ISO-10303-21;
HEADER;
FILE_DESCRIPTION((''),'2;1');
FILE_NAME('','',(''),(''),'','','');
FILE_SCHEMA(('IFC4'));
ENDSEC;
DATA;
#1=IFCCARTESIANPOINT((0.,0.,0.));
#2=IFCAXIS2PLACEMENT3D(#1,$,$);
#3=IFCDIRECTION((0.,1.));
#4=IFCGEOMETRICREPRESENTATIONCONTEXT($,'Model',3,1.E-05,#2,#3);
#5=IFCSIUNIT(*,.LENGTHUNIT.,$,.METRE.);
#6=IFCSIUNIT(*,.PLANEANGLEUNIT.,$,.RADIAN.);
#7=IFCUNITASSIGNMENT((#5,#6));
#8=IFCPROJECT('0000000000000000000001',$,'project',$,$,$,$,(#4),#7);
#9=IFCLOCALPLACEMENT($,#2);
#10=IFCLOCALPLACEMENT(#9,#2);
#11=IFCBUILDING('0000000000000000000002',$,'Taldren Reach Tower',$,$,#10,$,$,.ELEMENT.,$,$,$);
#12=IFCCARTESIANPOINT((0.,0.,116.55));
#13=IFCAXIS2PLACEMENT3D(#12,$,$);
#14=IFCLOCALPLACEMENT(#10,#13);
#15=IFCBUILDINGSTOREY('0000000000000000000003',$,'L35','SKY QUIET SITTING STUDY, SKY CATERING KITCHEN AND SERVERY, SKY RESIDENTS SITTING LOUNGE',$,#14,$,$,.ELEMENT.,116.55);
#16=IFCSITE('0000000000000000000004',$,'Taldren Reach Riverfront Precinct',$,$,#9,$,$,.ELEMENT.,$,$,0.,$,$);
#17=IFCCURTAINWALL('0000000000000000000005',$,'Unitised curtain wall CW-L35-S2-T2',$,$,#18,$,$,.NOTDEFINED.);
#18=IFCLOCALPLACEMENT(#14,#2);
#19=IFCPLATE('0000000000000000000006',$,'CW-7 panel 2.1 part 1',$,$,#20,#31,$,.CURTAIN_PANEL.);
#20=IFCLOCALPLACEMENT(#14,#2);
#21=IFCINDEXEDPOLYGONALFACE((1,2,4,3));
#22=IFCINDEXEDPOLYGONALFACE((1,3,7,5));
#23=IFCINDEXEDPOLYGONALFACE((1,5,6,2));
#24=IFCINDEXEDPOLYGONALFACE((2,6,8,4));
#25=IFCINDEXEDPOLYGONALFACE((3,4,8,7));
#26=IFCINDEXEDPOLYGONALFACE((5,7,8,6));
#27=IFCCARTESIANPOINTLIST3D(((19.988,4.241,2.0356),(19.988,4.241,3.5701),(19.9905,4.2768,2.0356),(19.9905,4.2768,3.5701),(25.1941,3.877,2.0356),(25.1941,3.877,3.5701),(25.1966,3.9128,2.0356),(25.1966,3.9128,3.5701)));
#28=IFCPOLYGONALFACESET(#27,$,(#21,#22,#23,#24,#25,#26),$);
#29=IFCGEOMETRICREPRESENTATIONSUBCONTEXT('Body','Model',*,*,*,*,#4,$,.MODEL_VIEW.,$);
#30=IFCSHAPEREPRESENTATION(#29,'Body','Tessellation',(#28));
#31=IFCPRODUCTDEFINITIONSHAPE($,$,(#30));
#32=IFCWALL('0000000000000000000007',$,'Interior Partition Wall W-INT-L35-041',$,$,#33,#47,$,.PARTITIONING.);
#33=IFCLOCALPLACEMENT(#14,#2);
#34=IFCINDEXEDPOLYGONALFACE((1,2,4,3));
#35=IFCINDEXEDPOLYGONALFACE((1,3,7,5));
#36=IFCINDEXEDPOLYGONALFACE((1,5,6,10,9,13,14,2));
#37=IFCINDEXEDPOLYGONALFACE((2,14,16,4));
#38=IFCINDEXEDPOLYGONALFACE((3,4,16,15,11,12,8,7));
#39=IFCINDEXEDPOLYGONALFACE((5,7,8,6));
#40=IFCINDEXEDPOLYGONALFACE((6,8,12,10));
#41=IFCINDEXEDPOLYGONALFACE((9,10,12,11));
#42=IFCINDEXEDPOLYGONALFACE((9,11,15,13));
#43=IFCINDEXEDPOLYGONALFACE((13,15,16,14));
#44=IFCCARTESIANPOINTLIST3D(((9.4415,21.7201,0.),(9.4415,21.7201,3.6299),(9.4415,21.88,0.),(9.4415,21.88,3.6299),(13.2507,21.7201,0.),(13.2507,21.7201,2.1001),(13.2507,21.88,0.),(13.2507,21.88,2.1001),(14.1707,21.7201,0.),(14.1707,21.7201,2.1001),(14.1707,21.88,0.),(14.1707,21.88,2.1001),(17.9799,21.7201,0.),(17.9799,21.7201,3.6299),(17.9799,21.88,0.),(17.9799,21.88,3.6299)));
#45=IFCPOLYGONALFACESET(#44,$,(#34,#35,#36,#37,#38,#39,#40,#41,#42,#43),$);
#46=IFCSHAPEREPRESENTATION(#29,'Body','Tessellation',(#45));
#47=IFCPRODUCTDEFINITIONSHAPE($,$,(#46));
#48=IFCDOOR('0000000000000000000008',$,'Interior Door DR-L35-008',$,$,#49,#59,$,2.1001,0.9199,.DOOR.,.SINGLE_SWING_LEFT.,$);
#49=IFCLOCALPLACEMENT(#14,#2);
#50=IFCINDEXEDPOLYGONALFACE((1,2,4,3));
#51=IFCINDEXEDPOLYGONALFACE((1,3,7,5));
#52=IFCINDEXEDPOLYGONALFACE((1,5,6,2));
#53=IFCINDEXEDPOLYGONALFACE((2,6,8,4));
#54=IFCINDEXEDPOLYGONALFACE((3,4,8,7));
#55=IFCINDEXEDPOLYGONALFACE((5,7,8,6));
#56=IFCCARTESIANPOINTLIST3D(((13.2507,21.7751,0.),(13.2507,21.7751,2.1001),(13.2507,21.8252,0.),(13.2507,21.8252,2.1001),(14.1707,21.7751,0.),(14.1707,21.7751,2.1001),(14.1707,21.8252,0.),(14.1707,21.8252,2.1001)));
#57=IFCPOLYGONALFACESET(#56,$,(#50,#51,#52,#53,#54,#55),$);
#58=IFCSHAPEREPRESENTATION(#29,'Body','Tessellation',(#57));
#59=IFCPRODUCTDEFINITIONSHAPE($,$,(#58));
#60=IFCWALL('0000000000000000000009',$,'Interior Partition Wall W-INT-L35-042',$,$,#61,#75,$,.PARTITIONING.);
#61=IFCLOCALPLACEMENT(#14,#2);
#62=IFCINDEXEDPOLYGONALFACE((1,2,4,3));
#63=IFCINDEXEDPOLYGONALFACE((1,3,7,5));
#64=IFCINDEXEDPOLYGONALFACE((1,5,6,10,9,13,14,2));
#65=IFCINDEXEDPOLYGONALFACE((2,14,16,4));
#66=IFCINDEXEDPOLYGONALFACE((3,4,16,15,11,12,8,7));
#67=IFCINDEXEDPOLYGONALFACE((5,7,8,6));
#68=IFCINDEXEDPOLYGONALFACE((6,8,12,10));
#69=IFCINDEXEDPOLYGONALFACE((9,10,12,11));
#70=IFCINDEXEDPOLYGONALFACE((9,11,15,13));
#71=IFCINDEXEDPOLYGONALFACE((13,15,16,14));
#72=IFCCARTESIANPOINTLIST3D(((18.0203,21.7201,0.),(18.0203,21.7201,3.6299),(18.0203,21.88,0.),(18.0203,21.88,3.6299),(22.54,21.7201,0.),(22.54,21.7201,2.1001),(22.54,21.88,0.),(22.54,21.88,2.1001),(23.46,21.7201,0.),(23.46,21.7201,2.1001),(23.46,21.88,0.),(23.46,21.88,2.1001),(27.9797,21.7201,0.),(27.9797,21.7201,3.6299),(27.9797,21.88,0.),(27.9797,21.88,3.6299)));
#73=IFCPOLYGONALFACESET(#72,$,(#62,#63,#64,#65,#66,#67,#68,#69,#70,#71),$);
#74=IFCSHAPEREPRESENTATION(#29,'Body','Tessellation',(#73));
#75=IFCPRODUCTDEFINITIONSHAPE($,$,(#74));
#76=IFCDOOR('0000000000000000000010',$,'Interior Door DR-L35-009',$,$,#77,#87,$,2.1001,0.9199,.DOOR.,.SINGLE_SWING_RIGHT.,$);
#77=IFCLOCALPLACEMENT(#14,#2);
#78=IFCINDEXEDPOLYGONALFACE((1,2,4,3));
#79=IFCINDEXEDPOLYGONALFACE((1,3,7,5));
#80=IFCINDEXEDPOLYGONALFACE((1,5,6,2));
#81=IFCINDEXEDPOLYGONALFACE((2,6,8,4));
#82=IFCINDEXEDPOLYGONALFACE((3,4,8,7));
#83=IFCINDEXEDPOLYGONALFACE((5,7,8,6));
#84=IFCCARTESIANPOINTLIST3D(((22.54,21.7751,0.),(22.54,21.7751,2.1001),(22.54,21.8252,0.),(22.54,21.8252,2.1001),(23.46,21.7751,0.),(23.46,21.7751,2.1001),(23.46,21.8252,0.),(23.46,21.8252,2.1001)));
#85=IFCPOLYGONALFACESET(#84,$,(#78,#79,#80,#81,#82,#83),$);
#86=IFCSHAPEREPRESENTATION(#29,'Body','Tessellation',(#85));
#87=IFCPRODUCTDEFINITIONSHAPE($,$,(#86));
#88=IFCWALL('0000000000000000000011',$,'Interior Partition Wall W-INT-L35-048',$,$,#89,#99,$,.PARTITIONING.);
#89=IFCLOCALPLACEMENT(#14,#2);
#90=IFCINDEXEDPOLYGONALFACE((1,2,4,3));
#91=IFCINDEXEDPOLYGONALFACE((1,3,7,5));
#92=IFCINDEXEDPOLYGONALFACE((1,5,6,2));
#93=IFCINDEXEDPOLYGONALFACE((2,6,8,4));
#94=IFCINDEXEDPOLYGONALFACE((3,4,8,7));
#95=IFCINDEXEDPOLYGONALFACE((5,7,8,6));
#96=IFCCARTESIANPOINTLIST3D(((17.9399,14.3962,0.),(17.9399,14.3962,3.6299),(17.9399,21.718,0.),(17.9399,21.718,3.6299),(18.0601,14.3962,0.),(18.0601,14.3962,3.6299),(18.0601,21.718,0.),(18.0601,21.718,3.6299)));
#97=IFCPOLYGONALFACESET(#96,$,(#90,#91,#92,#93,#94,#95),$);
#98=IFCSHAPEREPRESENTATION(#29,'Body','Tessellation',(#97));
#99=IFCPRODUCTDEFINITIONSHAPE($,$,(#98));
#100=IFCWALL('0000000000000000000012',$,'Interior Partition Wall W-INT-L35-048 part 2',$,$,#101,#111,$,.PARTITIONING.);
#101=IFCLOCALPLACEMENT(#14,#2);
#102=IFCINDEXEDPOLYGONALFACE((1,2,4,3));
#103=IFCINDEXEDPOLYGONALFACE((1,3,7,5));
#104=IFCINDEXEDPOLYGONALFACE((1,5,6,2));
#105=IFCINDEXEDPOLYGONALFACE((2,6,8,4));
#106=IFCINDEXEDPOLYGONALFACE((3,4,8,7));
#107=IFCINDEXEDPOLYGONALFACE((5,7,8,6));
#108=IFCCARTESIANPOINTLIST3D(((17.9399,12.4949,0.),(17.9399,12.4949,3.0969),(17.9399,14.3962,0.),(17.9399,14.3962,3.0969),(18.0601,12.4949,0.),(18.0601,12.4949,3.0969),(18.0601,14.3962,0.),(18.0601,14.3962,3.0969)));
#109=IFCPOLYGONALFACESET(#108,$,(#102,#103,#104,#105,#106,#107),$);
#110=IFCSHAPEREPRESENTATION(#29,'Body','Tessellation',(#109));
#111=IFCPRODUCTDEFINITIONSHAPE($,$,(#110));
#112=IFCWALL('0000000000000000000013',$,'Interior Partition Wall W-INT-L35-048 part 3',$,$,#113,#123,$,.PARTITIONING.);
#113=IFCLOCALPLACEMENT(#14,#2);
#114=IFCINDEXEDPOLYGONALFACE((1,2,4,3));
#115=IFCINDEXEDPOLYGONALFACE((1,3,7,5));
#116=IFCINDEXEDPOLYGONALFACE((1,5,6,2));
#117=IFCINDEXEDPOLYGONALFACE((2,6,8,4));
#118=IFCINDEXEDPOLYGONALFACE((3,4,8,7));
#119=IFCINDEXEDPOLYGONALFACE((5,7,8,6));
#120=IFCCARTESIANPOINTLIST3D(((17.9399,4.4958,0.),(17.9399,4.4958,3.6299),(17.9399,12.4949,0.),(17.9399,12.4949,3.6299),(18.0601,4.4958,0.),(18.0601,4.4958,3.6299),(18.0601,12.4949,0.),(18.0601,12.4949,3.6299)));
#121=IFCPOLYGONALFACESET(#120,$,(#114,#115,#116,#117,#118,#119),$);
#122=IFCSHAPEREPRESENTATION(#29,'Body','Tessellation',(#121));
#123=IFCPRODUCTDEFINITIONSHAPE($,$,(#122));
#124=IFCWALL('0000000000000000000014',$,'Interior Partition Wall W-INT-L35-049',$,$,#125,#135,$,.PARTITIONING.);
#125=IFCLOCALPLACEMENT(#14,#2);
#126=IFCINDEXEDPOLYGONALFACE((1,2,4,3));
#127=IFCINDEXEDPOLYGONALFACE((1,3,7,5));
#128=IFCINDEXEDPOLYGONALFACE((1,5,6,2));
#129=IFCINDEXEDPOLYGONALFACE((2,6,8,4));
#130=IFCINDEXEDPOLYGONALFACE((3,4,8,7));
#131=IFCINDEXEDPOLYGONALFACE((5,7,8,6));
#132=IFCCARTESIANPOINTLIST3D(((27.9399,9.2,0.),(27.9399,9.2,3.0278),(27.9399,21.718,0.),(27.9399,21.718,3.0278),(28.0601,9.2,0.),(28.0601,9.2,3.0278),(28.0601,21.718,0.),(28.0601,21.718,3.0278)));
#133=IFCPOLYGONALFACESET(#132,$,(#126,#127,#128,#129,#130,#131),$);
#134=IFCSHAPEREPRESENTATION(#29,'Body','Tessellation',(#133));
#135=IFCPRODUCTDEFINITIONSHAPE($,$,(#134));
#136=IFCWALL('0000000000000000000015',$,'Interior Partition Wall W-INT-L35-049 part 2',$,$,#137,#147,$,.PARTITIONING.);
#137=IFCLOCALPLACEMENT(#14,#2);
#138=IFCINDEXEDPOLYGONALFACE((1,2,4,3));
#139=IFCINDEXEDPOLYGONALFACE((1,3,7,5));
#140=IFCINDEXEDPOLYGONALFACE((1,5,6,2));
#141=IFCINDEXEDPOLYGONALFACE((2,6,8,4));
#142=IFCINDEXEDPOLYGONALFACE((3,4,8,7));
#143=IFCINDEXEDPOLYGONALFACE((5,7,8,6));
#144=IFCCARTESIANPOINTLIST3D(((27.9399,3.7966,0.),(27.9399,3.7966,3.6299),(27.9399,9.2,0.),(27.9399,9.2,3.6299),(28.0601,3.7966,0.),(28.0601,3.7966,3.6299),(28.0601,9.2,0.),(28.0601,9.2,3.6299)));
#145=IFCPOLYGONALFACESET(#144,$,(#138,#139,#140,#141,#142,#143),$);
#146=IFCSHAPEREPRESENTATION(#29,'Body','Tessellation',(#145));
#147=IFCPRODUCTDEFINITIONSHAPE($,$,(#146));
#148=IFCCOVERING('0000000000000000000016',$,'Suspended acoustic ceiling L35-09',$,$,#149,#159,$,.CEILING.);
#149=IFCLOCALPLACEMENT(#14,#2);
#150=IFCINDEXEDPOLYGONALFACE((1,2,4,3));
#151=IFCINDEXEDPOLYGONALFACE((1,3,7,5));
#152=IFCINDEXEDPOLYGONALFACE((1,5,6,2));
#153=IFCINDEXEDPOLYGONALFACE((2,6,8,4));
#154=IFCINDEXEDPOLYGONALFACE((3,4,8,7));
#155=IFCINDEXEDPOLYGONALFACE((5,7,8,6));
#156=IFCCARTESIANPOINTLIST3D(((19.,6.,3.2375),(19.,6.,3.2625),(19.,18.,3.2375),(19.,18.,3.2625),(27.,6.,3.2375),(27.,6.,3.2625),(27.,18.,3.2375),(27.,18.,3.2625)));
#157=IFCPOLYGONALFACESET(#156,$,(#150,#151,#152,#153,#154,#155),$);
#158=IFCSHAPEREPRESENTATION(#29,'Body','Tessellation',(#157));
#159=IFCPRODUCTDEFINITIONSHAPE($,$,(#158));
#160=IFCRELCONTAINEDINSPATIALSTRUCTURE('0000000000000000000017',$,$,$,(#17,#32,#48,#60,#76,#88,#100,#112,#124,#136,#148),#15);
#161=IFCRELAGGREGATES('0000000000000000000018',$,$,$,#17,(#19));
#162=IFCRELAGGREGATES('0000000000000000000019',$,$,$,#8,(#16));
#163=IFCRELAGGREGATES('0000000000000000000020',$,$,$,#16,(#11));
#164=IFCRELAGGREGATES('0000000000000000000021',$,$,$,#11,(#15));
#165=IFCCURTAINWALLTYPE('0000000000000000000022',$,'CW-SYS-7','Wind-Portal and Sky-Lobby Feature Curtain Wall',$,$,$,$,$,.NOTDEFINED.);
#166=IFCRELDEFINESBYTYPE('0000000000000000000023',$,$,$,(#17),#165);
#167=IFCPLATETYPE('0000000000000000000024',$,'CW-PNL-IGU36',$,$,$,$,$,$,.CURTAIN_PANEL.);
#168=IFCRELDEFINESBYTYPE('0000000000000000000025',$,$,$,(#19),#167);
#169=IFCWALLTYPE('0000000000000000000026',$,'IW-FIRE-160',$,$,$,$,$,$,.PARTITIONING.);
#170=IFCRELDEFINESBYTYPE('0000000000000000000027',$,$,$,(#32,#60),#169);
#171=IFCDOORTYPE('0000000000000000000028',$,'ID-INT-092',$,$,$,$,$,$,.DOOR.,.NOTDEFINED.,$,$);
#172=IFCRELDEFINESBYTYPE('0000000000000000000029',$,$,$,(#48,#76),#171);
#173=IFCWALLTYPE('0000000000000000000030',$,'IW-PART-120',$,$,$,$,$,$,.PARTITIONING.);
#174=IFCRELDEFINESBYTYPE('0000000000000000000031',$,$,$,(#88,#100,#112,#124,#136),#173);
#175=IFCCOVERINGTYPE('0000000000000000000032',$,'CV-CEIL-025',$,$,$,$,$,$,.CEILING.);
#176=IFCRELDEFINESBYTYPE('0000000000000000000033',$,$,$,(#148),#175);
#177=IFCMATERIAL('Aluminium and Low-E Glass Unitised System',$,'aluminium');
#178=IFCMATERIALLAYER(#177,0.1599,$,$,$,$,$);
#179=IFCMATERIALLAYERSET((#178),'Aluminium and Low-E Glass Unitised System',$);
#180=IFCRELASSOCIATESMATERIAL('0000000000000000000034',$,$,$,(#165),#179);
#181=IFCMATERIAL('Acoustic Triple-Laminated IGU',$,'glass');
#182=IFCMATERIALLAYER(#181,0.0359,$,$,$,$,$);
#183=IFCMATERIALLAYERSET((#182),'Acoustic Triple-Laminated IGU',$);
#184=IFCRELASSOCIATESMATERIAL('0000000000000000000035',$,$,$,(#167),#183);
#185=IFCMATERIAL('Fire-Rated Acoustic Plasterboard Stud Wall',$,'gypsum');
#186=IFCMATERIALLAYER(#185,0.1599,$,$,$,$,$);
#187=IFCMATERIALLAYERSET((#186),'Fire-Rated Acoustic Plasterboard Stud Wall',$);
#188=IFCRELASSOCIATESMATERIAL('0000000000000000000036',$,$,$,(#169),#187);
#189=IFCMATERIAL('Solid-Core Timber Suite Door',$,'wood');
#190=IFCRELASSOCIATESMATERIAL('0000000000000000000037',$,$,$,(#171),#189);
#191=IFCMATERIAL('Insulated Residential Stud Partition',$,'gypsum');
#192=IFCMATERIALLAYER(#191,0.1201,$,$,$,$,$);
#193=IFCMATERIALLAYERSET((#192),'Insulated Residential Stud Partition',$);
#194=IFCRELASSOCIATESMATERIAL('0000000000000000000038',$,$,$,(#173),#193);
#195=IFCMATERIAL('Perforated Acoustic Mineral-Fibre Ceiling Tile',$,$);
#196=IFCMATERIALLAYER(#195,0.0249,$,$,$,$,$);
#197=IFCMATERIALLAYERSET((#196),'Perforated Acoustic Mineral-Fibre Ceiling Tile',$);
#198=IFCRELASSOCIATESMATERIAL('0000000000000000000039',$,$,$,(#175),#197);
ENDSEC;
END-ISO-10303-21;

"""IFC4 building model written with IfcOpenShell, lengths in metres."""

from ifc_helpers import new_model, si_unit, direction, frame, frame_2d, origin, origin_2d, place, context, subcontext, project, spatial, rectangle, extrude, source, transform, mapped, material, layer, layer_set, type_object, element, fill, aggregate, save


model = new_model("IFC4")

# Units and contexts
model_context = context("Model", 3, precision=1e-05, world=origin(), true_north=direction((0.0, 1.0)))
body_context = subcontext(model_context, "Body", "Model", "MODEL_VIEW")
ifc_project = project(units=[si_unit("LENGTHUNIT", "METRE"), si_unit("PLANEANGLEUNIT", "RADIAN")], contexts=[model_context])

# Site, building, storey
site_placement = place(None, origin())
site = spatial("IfcSite", under=ifc_project, at=site_placement, Name="Taldren Reach Riverfront Precinct", CompositionType="ELEMENT", RefElevation=0.0)
building_placement = place(site_placement, origin())
building = spatial("IfcBuilding", under=site, at=building_placement, Name="Taldren Reach Tower", CompositionType="ELEMENT")
storey_placement = place(building_placement, frame((0.0, 0.0, 116.55)))
storey = spatial("IfcBuildingStorey", under=building, at=storey_placement, Name="L35", Description="SKY QUIET SITTING STUDY, SKY CATERING KITCHEN AND SERVERY, SKY RESIDENTS SITTING LOUNGE", CompositionType="ELEMENT", Elevation=116.55)

# Curtain wall
ifc_material_1 = material(Name="Aluminium and Low-E Glass Unitised System", Category="aluminium")
ifc_layer_1 = layer(ifc_material_1, 0.1599)
ifc_layer_set_1 = layer_set([ifc_layer_1], Name="Aluminium and Low-E Glass Unitised System")
curtain_wall_type = type_object("IfcCurtainWallType", Name="CW-SYS-7", Description="Wind-Portal and Sky-Lobby Feature Curtain Wall", PredefinedType="NOTDEFINED", material=ifc_layer_set_1)
curtain_wall_1_placement = place(storey_placement, origin())
curtain_wall_1 = element("IfcCurtainWall", 1, at=curtain_wall_1_placement, inside=storey, type_object=curtain_wall_type, Name="Unitised curtain wall CW-L35-S2-T2", PredefinedType="NOTDEFINED")

# Plate
ifc_material_2 = material(Name="Acoustic Triple-Laminated IGU", Category="glass")
ifc_layer_2 = layer(ifc_material_2, 0.0359)
ifc_layer_set_2 = layer_set([ifc_layer_2], Name="Acoustic Triple-Laminated IGU")
plate_type = type_object("IfcPlateType", Name="CW-PNL-IGU36", PredefinedType="CURTAIN_PANEL", material=ifc_layer_set_2)
shared_shape_1 = source(origin(), body_context, "Body", "SweptSolid", [
    extrude(rectangle(XDim=5.2188, YDim=0.0359, at=origin_2d()), origin(), (0.0, 0.0, 1.0), 1.5344),
])
plate_placement = place(storey_placement, frame((22.5923, 4.0769, 2.0356), z_axis=(0.0, 0.0, 1.0), x_axis=(0.997564, -0.069757, 0.0)))
plate = element("IfcPlate", 2, at=plate_placement, type_object=plate_type, Name="CW-7 panel 2.1 part 1", PredefinedType="CURTAIN_PANEL", context=body_context, shape_type="MappedRepresentation", body=[
    mapped(shared_shape_1, transform((0.0, 0.0, 0.0), scale=1.0)),
])
aggregate(curtain_wall_1, [plate])

# Walls, openings, doors
ifc_material_3 = material(Name="Fire-Rated Acoustic Plasterboard Stud Wall", Category="gypsum")
ifc_layer_3 = layer(ifc_material_3, 0.1599)
ifc_layer_set_3 = layer_set([ifc_layer_3], Name="Fire-Rated Acoustic Plasterboard Stud Wall")
wall_type_1 = type_object("IfcWallType", Name="IW-FIRE-160", PredefinedType="PARTITIONING", material=ifc_layer_set_3)
shared_shape_2 = source(origin(), body_context, "Body", "SweptSolid", [
    extrude(rectangle(XDim=8.5383, YDim=0.1599, at=frame_2d((4.269, 0.0))), origin(), (0.0, 0.0, 1.0), 3.6299),
])
wall_1_placement = place(storey_placement, frame((17.9797, 21.8, 0.0), z_axis=(0.0, 0.0, 1.0), x_axis=(-1.0, 0.0, 0.0)))
wall_1 = element("IfcWall", 3, at=wall_1_placement, inside=storey, type_object=wall_type_1, Name="Interior Partition Wall W-INT-L35-041", PredefinedType="PARTITIONING", context=body_context, shape_type="MappedRepresentation", body=[
    mapped(shared_shape_2, transform((0.0, 0.0, 0.0), scale=1.0)),
])
shared_shape_3 = source(origin(), body_context, "Body", "SweptSolid", [
    extrude(rectangle(XDim=0.9199, YDim=2.1001, at=frame_2d((0.46, 1.05))), frame((0.0, 0.0898, 0.0), z_axis=(0.0, -1.0, 0.0), x_axis=(1.0, 0.0, 0.0)), (0.0, 0.0, 1.0), 0.1799),
])
opening_1_placement = place(wall_1_placement, frame((3.8091, 0.0, 0.0)))
opening_1 = element("IfcOpeningElement", 4, at=opening_1_placement, cuts=wall_1, PredefinedType="OPENING", context=body_context, shape_type="MappedRepresentation", body=[
    mapped(shared_shape_3, transform((0.0, 0.0, 0.0), scale=1.0)),
])
ifc_material_4 = material(Name="Solid-Core Timber Suite Door", Category="wood")
door_type = type_object("IfcDoorType", Name="ID-INT-092", OperationType="NOTDEFINED", PredefinedType="DOOR", material=ifc_material_4)
shared_shape_4 = source(origin(), body_context, "Body", "SweptSolid", [
    extrude(rectangle(XDim=0.9199, YDim=2.1001, at=frame_2d((0.46, 1.05))), frame((0.0, 0.0249, 0.0), z_axis=(0.0, -1.0, 0.0), x_axis=(1.0, 0.0, 0.0)), (0.0, 0.0, 1.0), 0.05),
])
door_1_placement = place(opening_1_placement, origin())
door_1 = element("IfcDoor", 5, at=door_1_placement, inside=storey, type_object=door_type, Name="Interior Door DR-L35-008", OperationType="SINGLE_SWING_LEFT", OverallHeight=2.1001, OverallWidth=0.9199, PredefinedType="DOOR", context=body_context, shape_type="MappedRepresentation", body=[
    mapped(shared_shape_4, transform((0.0, 0.0, 0.0), scale=1.0)),
])
fill(opening_1, door_1)
shared_shape_5 = source(origin(), body_context, "Body", "SweptSolid", [
    extrude(rectangle(XDim=9.9595, YDim=0.1599, at=frame_2d((4.9797, 0.0))), origin(), (0.0, 0.0, 1.0), 3.6299),
])
wall_2_placement = place(storey_placement, frame((27.9797, 21.8, 0.0), z_axis=(0.0, 0.0, 1.0), x_axis=(-1.0, 0.0, 0.0)))
wall_2 = element("IfcWall", 6, at=wall_2_placement, inside=storey, type_object=wall_type_1, Name="Interior Partition Wall W-INT-L35-042", PredefinedType="PARTITIONING", context=body_context, shape_type="MappedRepresentation", body=[
    mapped(shared_shape_5, transform((0.0, 0.0, 0.0), scale=1.0)),
])
opening_2_placement = place(wall_2_placement, frame((4.5198, 0.0, 0.0)))
opening_2 = element("IfcOpeningElement", 7, at=opening_2_placement, cuts=wall_2, PredefinedType="OPENING", context=body_context, shape_type="MappedRepresentation", body=[
    mapped(shared_shape_3, transform((0.0, 0.0, 0.0), scale=1.0)),
])
door_2_placement = place(opening_2_placement, origin())
door_2 = element("IfcDoor", 8, at=door_2_placement, inside=storey, type_object=door_type, Name="Interior Door DR-L35-009", OperationType="SINGLE_SWING_RIGHT", OverallHeight=2.1001, OverallWidth=0.9199, PredefinedType="DOOR", context=body_context, shape_type="MappedRepresentation", body=[
    mapped(shared_shape_4, transform((0.0, 0.0, 0.0), scale=1.0)),
])
fill(opening_2, door_2)

# Walls
ifc_material_5 = material(Name="Insulated Residential Stud Partition", Category="gypsum")
ifc_layer_4 = layer(ifc_material_5, 0.1201)
ifc_layer_set_4 = layer_set([ifc_layer_4], Name="Insulated Residential Stud Partition")
wall_type_2 = type_object("IfcWallType", Name="IW-PART-120", PredefinedType="PARTITIONING", material=ifc_layer_set_4)
shared_shape_6 = source(origin(), body_context, "Body", "SweptSolid", [
    extrude(rectangle(XDim=7.3218, YDim=0.1201, at=frame_2d((3.6609, 0.0))), origin(), (0.0, 0.0, 1.0), 3.6299),
])
wall_3_placement = place(storey_placement, frame((18.0, 21.718, 0.0), z_axis=(0.0, 0.0, 1.0), x_axis=(0.0, -1.0, 0.0)))
element("IfcWall", 9, at=wall_3_placement, inside=storey, type_object=wall_type_2, Name="Interior Partition Wall W-INT-L35-048", PredefinedType="PARTITIONING", context=body_context, shape_type="MappedRepresentation", body=[
    mapped(shared_shape_6, transform((0.0, 0.0, 0.0), scale=1.0)),
])
shared_shape_7 = source(origin(), body_context, "Body", "SweptSolid", [
    extrude(rectangle(XDim=1.9014, YDim=0.1201, at=frame_2d((0.9507, 0.0))), origin(), (0.0, 0.0, 1.0), 3.0969),
])
wall_4_placement = place(storey_placement, frame((18.0, 14.3962, 0.0), z_axis=(0.0, 0.0, 1.0), x_axis=(0.0, -1.0, 0.0)))
element("IfcWall", 10, at=wall_4_placement, inside=storey, type_object=wall_type_2, Name="Interior Partition Wall W-INT-L35-048 part 2", PredefinedType="PARTITIONING", context=body_context, shape_type="MappedRepresentation", body=[
    mapped(shared_shape_7, transform((0.0, 0.0, 0.0), scale=1.0)),
])
shared_shape_8 = source(origin(), body_context, "Body", "SweptSolid", [
    extrude(rectangle(XDim=7.999, YDim=0.1201, at=frame_2d((3.9995, 0.0))), origin(), (0.0, 0.0, 1.0), 3.6299),
])
wall_5_placement = place(storey_placement, frame((18.0, 12.4949, 0.0), z_axis=(0.0, 0.0, 1.0), x_axis=(0.0, -1.0, 0.0)))
element("IfcWall", 11, at=wall_5_placement, inside=storey, type_object=wall_type_2, Name="Interior Partition Wall W-INT-L35-048 part 3", PredefinedType="PARTITIONING", context=body_context, shape_type="MappedRepresentation", body=[
    mapped(shared_shape_8, transform((0.0, 0.0, 0.0), scale=1.0)),
])
shared_shape_9 = source(origin(), body_context, "Body", "SweptSolid", [
    extrude(rectangle(XDim=12.5181, YDim=0.1201, at=frame_2d((6.259, 0.0))), origin(), (0.0, 0.0, 1.0), 3.0278),
])
wall_6_placement = place(storey_placement, frame((28.0, 21.718, 0.0), z_axis=(0.0, 0.0, 1.0), x_axis=(0.0, -1.0, 0.0)))
element("IfcWall", 12, at=wall_6_placement, inside=storey, type_object=wall_type_2, Name="Interior Partition Wall W-INT-L35-049", PredefinedType="PARTITIONING", context=body_context, shape_type="MappedRepresentation", body=[
    mapped(shared_shape_9, transform((0.0, 0.0, 0.0), scale=1.0)),
])
shared_shape_10 = source(origin(), body_context, "Body", "SweptSolid", [
    extrude(rectangle(XDim=5.4033, YDim=0.1201, at=frame_2d((2.7017, 0.0))), origin(), (0.0, 0.0, 1.0), 3.6299),
])
wall_7_placement = place(storey_placement, frame((28.0, 9.2, 0.0), z_axis=(0.0, 0.0, 1.0), x_axis=(0.0, -1.0, 0.0)))
element("IfcWall", 13, at=wall_7_placement, inside=storey, type_object=wall_type_2, Name="Interior Partition Wall W-INT-L35-049 part 2", PredefinedType="PARTITIONING", context=body_context, shape_type="MappedRepresentation", body=[
    mapped(shared_shape_10, transform((0.0, 0.0, 0.0), scale=1.0)),
])

# Covering
ifc_material_6 = material(Name="Perforated Acoustic Mineral-Fibre Ceiling Tile")
ifc_layer_5 = layer(ifc_material_6, 0.0249)
ifc_layer_set_5 = layer_set([ifc_layer_5], Name="Perforated Acoustic Mineral-Fibre Ceiling Tile")
covering_type_1 = type_object("IfcCoveringType", Name="CV-CEIL-025", PredefinedType="CEILING", material=ifc_layer_set_5)
shared_shape_11 = source(origin(), body_context, "Body", "SweptSolid", [
    extrude(rectangle(XDim=8.0, YDim=12.0, at=origin_2d()), origin(), (0.0, 0.0, 1.0), 0.0249),
])
covering_1_placement = place(storey_placement, frame((23.0, 12.0, 3.2375), z_axis=(0.0, 0.0, 1.0), x_axis=(1.0, 0.0, 0.0)))
element("IfcCovering", 14, at=covering_1_placement, inside=storey, type_object=covering_type_1, Name="Suspended acoustic ceiling L35-09", PredefinedType="CEILING", context=body_context, shape_type="MappedRepresentation", body=[
    mapped(shared_shape_11, transform((0.0, 0.0, 0.0), scale=1.0)),
])

save(model, "model.ifc")
